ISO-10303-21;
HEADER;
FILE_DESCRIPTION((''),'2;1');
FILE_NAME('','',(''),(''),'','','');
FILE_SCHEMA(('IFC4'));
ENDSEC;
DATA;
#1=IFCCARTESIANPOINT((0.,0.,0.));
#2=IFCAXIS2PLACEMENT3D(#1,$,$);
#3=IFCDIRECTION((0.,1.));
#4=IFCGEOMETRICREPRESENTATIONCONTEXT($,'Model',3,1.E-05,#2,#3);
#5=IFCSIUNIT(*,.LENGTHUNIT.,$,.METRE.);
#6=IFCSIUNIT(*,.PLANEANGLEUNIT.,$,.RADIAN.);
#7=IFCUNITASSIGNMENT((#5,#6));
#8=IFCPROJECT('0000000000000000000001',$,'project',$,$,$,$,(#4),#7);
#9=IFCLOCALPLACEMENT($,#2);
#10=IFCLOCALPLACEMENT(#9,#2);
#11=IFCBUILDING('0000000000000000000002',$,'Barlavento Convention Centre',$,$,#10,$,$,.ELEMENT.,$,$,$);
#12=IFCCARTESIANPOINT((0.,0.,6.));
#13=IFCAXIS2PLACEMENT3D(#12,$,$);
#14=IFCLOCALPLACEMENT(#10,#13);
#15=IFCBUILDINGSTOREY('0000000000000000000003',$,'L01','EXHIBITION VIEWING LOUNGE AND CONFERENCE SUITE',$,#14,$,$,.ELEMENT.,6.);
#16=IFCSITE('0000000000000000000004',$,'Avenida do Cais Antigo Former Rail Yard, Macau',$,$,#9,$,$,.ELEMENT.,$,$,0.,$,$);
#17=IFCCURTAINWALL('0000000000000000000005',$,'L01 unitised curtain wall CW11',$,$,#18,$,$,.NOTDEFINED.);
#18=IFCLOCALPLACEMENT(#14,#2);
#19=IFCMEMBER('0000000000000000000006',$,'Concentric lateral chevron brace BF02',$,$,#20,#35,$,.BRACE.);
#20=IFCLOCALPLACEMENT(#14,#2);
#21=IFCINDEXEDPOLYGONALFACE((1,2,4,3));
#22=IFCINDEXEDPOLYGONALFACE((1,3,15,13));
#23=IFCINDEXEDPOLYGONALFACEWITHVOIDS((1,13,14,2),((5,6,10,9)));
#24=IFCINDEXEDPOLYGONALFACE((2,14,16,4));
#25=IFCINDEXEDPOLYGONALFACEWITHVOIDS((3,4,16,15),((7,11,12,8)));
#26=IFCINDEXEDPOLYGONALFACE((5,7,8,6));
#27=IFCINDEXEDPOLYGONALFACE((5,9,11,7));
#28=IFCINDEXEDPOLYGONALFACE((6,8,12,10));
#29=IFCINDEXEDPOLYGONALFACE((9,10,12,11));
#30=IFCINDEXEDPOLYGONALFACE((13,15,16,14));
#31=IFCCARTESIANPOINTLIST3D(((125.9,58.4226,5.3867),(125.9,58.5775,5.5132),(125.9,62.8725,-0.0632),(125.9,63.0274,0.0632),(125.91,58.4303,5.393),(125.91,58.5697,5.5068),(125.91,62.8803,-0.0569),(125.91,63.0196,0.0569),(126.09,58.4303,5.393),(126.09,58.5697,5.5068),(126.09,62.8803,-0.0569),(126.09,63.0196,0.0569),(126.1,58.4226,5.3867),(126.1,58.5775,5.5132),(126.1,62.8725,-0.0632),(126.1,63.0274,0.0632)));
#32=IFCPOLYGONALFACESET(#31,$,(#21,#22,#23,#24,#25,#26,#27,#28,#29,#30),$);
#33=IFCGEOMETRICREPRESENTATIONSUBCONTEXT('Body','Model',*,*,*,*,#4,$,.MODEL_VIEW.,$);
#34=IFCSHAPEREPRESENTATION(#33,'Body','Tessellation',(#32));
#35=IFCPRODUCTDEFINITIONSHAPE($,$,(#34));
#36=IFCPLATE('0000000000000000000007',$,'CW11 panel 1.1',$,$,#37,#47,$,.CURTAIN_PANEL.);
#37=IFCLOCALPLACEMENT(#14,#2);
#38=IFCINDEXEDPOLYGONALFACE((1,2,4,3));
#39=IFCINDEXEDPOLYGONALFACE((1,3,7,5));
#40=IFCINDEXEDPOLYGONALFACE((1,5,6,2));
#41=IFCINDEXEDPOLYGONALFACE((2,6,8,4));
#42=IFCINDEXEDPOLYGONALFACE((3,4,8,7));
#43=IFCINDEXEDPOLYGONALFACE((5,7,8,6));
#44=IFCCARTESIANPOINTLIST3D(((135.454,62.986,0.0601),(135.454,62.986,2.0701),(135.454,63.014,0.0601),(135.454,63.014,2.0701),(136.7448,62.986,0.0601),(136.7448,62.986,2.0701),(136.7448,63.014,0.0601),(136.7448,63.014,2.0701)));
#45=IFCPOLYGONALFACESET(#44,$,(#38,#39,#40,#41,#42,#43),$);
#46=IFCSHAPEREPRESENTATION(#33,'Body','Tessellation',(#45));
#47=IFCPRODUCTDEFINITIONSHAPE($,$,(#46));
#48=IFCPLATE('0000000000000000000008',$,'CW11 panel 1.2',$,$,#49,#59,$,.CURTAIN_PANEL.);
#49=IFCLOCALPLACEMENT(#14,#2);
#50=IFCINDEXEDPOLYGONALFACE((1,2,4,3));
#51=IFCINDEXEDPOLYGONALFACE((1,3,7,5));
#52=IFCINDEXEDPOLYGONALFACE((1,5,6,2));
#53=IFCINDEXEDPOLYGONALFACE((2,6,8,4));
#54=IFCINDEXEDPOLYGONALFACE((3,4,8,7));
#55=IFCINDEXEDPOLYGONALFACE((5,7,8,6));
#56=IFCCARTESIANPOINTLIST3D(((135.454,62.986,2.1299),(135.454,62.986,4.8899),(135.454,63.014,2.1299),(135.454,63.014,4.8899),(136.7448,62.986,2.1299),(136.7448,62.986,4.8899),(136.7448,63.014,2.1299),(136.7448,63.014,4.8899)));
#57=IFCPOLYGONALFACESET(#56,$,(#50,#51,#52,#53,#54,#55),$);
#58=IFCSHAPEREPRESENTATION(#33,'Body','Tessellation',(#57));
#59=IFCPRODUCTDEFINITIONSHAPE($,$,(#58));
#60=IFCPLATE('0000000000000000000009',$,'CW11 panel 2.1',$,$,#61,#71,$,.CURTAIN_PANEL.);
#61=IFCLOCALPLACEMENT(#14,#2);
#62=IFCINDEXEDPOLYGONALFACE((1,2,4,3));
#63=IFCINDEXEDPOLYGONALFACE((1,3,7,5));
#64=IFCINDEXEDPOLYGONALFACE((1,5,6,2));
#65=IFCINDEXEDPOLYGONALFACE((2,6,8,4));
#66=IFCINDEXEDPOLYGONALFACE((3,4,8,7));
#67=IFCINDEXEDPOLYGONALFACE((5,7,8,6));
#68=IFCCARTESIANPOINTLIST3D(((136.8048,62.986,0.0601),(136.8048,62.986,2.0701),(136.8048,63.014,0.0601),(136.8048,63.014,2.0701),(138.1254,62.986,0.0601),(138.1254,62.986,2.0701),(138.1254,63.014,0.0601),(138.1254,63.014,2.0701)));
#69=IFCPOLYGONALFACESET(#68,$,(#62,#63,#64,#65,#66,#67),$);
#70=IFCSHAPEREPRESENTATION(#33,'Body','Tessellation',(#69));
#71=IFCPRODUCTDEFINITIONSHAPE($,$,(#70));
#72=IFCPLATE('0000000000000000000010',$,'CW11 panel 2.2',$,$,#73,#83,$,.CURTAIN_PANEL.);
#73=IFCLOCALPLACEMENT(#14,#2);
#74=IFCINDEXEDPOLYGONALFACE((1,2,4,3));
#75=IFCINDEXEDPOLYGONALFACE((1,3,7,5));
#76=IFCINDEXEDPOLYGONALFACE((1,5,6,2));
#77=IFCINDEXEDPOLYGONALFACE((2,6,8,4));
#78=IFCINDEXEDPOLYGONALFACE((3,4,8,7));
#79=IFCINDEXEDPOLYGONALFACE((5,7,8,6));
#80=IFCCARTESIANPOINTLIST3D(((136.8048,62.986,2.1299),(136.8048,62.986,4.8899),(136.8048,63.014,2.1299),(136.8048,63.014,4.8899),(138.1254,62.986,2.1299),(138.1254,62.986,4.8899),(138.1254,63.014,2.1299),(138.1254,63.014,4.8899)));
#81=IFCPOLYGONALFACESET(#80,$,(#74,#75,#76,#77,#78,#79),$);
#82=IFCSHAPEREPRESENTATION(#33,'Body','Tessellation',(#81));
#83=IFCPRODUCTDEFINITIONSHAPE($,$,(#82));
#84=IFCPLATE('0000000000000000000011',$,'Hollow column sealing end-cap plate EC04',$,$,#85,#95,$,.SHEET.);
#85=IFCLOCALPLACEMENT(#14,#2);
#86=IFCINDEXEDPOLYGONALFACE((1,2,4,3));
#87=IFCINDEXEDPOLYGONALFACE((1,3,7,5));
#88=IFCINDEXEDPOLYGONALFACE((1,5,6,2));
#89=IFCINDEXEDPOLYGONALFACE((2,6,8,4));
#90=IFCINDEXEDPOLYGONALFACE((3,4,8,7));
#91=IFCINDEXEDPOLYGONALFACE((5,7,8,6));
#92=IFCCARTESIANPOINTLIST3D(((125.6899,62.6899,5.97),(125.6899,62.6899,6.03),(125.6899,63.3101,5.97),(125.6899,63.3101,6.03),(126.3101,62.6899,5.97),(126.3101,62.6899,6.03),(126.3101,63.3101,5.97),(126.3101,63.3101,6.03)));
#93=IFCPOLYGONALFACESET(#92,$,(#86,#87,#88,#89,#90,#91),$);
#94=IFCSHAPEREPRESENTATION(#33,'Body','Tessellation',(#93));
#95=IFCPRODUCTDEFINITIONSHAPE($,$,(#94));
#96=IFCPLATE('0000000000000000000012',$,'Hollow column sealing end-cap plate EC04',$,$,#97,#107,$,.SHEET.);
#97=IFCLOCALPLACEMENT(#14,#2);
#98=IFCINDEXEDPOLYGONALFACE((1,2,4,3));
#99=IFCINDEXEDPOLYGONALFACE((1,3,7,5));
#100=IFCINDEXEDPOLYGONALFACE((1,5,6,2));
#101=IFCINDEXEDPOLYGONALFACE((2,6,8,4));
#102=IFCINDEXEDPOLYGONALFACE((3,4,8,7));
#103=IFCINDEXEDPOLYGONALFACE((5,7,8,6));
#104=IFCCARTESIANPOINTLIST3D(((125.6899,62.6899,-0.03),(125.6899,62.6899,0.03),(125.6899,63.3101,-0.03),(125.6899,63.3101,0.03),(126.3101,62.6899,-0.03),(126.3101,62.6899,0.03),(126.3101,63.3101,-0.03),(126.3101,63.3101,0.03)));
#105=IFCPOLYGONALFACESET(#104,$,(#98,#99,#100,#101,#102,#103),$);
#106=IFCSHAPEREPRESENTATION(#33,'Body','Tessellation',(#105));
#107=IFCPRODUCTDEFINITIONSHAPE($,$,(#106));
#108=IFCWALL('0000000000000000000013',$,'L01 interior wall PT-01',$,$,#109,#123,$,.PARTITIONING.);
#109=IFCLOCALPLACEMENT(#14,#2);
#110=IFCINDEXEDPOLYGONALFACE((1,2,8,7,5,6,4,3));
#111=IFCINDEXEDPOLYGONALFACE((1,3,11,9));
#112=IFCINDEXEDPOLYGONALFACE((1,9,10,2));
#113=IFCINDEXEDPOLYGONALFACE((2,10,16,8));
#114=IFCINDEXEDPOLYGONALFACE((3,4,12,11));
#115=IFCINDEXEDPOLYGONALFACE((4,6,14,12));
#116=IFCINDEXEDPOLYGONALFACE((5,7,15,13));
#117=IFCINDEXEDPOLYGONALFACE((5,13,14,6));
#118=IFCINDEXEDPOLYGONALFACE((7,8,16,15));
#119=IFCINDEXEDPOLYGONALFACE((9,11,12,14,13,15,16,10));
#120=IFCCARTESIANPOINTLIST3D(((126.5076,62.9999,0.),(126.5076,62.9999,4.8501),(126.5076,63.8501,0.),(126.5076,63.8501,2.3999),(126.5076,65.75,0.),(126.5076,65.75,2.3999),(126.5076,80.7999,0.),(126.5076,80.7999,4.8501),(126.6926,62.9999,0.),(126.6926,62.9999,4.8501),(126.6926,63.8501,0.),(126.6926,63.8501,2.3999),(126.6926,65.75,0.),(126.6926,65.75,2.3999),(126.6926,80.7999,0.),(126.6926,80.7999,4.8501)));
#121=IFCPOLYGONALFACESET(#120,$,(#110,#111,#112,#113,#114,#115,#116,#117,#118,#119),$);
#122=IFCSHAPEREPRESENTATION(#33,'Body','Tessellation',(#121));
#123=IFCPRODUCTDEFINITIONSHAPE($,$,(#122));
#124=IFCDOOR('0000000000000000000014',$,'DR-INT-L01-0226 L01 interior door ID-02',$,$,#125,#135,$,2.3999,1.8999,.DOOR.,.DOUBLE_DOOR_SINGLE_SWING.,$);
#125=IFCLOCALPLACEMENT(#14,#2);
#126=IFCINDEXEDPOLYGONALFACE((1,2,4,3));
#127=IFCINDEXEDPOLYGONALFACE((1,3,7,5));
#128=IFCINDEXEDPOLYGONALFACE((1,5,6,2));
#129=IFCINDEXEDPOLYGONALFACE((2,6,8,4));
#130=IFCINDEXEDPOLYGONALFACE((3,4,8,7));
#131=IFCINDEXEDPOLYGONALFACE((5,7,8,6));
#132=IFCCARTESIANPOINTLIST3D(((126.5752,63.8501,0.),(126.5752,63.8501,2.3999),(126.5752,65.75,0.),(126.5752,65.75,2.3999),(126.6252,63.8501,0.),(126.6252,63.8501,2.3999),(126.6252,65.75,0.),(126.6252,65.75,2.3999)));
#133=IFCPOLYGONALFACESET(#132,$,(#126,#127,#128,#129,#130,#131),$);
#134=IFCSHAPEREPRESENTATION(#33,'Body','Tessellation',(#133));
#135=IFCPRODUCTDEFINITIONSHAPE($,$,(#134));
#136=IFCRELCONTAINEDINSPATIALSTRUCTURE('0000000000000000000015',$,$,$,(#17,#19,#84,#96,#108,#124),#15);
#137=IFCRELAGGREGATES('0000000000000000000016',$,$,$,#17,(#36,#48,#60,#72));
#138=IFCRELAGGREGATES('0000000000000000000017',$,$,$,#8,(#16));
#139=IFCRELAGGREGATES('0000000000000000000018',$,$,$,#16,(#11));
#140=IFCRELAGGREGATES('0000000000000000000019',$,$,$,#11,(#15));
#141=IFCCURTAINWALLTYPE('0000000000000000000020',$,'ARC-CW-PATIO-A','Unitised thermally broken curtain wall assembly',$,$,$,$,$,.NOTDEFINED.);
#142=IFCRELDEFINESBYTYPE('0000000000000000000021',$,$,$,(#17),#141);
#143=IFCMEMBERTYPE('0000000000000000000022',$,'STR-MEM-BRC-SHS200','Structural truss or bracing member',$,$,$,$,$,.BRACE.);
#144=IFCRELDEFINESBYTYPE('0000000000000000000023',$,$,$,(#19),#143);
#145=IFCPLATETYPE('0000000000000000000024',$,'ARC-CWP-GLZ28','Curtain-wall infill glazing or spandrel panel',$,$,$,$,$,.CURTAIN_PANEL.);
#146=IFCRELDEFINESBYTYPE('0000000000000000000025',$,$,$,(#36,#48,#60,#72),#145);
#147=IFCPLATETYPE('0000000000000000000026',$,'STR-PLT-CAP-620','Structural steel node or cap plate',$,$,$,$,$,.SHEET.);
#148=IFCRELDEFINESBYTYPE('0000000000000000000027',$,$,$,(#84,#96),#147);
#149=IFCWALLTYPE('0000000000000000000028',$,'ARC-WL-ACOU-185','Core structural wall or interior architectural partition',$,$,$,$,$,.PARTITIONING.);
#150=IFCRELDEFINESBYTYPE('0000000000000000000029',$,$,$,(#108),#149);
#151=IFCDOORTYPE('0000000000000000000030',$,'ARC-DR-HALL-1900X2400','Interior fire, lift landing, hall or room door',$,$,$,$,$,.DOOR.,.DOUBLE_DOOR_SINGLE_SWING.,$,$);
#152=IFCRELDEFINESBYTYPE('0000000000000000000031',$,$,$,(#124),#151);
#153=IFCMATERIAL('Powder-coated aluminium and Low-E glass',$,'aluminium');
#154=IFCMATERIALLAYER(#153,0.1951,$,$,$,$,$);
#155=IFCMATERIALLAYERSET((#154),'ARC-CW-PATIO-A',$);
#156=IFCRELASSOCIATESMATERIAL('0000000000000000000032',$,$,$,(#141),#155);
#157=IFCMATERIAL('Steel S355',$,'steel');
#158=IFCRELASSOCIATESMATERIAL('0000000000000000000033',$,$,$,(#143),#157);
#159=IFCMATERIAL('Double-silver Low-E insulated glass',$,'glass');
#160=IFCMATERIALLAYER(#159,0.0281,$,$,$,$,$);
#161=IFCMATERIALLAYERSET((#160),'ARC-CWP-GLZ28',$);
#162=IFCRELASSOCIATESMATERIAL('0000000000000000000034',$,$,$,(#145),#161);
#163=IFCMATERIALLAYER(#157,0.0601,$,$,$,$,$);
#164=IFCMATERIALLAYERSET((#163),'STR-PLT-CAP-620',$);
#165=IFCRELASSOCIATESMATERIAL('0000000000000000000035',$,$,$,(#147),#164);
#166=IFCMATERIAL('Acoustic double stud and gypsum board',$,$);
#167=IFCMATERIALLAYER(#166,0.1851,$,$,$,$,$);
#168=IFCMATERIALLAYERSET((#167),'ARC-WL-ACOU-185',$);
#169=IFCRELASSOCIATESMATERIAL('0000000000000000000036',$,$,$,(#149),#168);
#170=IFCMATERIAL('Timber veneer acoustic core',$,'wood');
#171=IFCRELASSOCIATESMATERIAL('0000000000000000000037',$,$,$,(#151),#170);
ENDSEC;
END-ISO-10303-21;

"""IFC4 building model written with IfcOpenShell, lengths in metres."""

from ifc_helpers import new_model, si_unit, direction, frame, frame_2d, origin, origin_2d, place, context, subcontext, project, spatial, rectangle, hollow_rectangle, extrude, material, layer, layer_set, material_profile, profile_set, type_object, element, fill, aggregate, save


model = new_model("IFC4")

# Units and contexts
model_context = context("Model", 3, precision=1e-05, world=origin(), true_north=direction((0.0, 1.0)))
body_context = subcontext(model_context, "Body", "Model", "MODEL_VIEW")
ifc_project = project(units=[si_unit("LENGTHUNIT", "METRE"), si_unit("PLANEANGLEUNIT", "RADIAN")], contexts=[model_context])

# Site, building, storey
site_placement = place(None, origin())
site = spatial("IfcSite", under=ifc_project, at=site_placement, Name="Avenida do Cais Antigo Former Rail Yard, Macau", CompositionType="ELEMENT", RefElevation=0.0)
building_placement = place(site_placement, origin())
building = spatial("IfcBuilding", under=site, at=building_placement, Name="Barlavento Convention Centre", CompositionType="ELEMENT")
storey_placement = place(building_placement, frame((0.0, 0.0, 6.0)))
storey = spatial("IfcBuildingStorey", under=building, at=storey_placement, Name="L01", Description="EXHIBITION VIEWING LOUNGE AND CONFERENCE SUITE", CompositionType="ELEMENT", Elevation=6.0)

# Shared definitions
ifc_material_1 = material(Name="Steel S355", Category="steel")

# Curtain wall
ifc_material_2 = material(Name="Powder-coated aluminium and Low-E glass", Category="aluminium")
ifc_layer_1 = layer(ifc_material_2, 0.1951)
ifc_layer_set_1 = layer_set([ifc_layer_1], Name="ARC-CW-PATIO-A")
curtain_wall_type = type_object("IfcCurtainWallType", Name="ARC-CW-PATIO-A", Description="Unitised thermally broken curtain wall assembly", PredefinedType="NOTDEFINED", material=ifc_layer_set_1)
curtain_wall_placement = place(storey_placement, origin())
curtain_wall = element("IfcCurtainWall", 1, at=curtain_wall_placement, inside=storey, type_object=curtain_wall_type, Name="L01 unitised curtain wall CW11", PredefinedType="NOTDEFINED")

# Member
ifc_material_profile_1 = material_profile(ifc_material_1, hollow_rectangle(XDim=0.2, YDim=0.2, WallThickness=0.01, at=origin_2d()), Name="SHS 200x200x10.0")
ifc_profile_set_1 = profile_set([ifc_material_profile_1], Name="Steel S355")
member_type_1 = type_object("IfcMemberType", Name="STR-MEM-BRC-SHS200", Description="Structural truss or bracing member", PredefinedType="BRACE", material=ifc_profile_set_1)
member_1_placement = place(storey_placement, frame((126.0, 62.95, 0.0), z_axis=(0.0, -0.632463, 0.774591), x_axis=(1.0, 0.0, 0.0)))
element("IfcMember", 2, at=member_1_placement, inside=storey, type_object=member_type_1, Name="Concentric lateral chevron brace BF02", PredefinedType="BRACE", context=body_context, shape_type="SweptSolid", body=[
    extrude(hollow_rectangle(XDim=0.2, YDim=0.2, WallThickness=0.01, at=origin_2d()), origin(), (0.0, 0.0, 1.0), 7.0359),
])

# Plates
ifc_material_3 = material(Name="Double-silver Low-E insulated glass", Category="glass")
ifc_layer_2 = layer(ifc_material_3, 0.0281)
ifc_layer_set_2 = layer_set([ifc_layer_2], Name="ARC-CWP-GLZ28")
plate_type_1 = type_object("IfcPlateType", Name="ARC-CWP-GLZ28", Description="Curtain-wall infill glazing or spandrel panel", PredefinedType="CURTAIN_PANEL", material=ifc_layer_set_2)
plate_1_placement = place(storey_placement, frame((136.0994, 63.0, 0.0601), z_axis=(0.0, 0.0, 1.0), x_axis=(1.0, 0.0, 0.0)))
plate_1 = element("IfcPlate", 3, at=plate_1_placement, type_object=plate_type_1, Name="CW11 panel 1.1", PredefinedType="CURTAIN_PANEL", context=body_context, shape_type="SweptSolid", body=[
    extrude(rectangle(XDim=1.2908, YDim=0.0281, at=origin_2d()), origin(), (0.0, 0.0, 1.0), 2.01),
])
plate_2_placement = place(storey_placement, frame((136.0994, 63.0, 2.1299), z_axis=(0.0, 0.0, 1.0), x_axis=(1.0, 0.0, 0.0)))
plate_2 = element("IfcPlate", 4, at=plate_2_placement, type_object=plate_type_1, Name="CW11 panel 1.2", PredefinedType="CURTAIN_PANEL", context=body_context, shape_type="SweptSolid", body=[
    extrude(rectangle(XDim=1.2908, YDim=0.0281, at=origin_2d()), origin(), (0.0, 0.0, 1.0), 2.76),
])
plate_3_placement = place(storey_placement, frame((137.4651, 63.0, 0.0601), z_axis=(0.0, 0.0, 1.0), x_axis=(1.0, 0.0, 0.0)))
plate_3 = element("IfcPlate", 5, at=plate_3_placement, type_object=plate_type_1, Name="CW11 panel 2.1", PredefinedType="CURTAIN_PANEL", context=body_context, shape_type="SweptSolid", body=[
    extrude(rectangle(XDim=1.3206, YDim=0.0281, at=origin_2d()), origin(), (0.0, 0.0, 1.0), 2.01),
])
plate_4_placement = place(storey_placement, frame((137.4651, 63.0, 2.1299), z_axis=(0.0, 0.0, 1.0), x_axis=(1.0, 0.0, 0.0)))
plate_4 = element("IfcPlate", 6, at=plate_4_placement, type_object=plate_type_1, Name="CW11 panel 2.2", PredefinedType="CURTAIN_PANEL", context=body_context, shape_type="SweptSolid", body=[
    extrude(rectangle(XDim=1.3206, YDim=0.0281, at=origin_2d()), origin(), (0.0, 0.0, 1.0), 2.76),
])
aggregate(curtain_wall, [plate_1, plate_2, plate_3, plate_4])

# Plates
ifc_layer_3 = layer(ifc_material_1, 0.0601)
ifc_layer_set_3 = layer_set([ifc_layer_3], Name="STR-PLT-CAP-620")
plate_type_2 = type_object("IfcPlateType", Name="STR-PLT-CAP-620", Description="Structural steel node or cap plate", PredefinedType="SHEET", material=ifc_layer_set_3)
for number, where, z_axis, x_axis, name in (
    (7, (126.0, 63.0, 5.97), (0.0, 0.0, 1.0), (1.0, 0.0, 0.0), "Hollow column sealing end-cap plate EC04"),
    (8, (126.0, 63.0, -0.03), (0.0, 0.0, 1.0), (1.0, 0.0, 0.0), "Hollow column sealing end-cap plate EC04"),
):
    element("IfcPlate", number, at=place(storey_placement, frame(where, z_axis=z_axis, x_axis=x_axis)), inside=storey, type_object=plate_type_2, Name=name, PredefinedType="SHEET", context=body_context, shape_type="SweptSolid", body=[
        extrude(rectangle(XDim=0.6201, YDim=0.6201, at=origin_2d()), origin(), (0.0, 0.0, 1.0), 0.0601),
    ])

# Wall, opening, door
ifc_material_4 = material(Name="Acoustic double stud and gypsum board")
ifc_layer_4 = layer(ifc_material_4, 0.1851)
ifc_layer_set_4 = layer_set([ifc_layer_4], Name="ARC-WL-ACOU-185")
wall_type = type_object("IfcWallType", Name="ARC-WL-ACOU-185", Description="Core structural wall or interior architectural partition", PredefinedType="PARTITIONING", material=ifc_layer_set_4)
wall_placement = place(storey_placement, frame((126.6001, 63.0, 0.0), z_axis=(0.0, 0.0, 1.0), x_axis=(0.0, 1.0, 0.0)))
wall = element("IfcWall", 9, at=wall_placement, inside=storey, type_object=wall_type, Name="L01 interior wall PT-01", PredefinedType="PARTITIONING", context=body_context, shape_type="SweptSolid", body=[
    extrude(rectangle(XDim=17.8, YDim=0.1851, at=frame_2d((8.8999, 0.0))), origin(), (0.0, 0.0, 1.0), 4.8501),
])
opening_placement = place(wall_placement, frame((0.8501, 0.0, 0.0)))
opening = element("IfcOpeningElement", 10, at=opening_placement, cuts=wall, PredefinedType="OPENING", context=body_context, shape_type="SweptSolid", body=[
    extrude(rectangle(XDim=1.8999, YDim=2.3999, at=frame_2d((0.95, 1.2))), frame((0.0, 0.1025, 0.0), z_axis=(0.0, -1.0, 0.0), x_axis=(1.0, 0.0, 0.0)), (0.0, 0.0, 1.0), 0.2051),
])
ifc_material_5 = material(Name="Timber veneer acoustic core", Category="wood")
door_type = type_object("IfcDoorType", Name="ARC-DR-HALL-1900X2400", Description="Interior fire, lift landing, hall or room door", OperationType="DOUBLE_DOOR_SINGLE_SWING", PredefinedType="DOOR", material=ifc_material_5)
door_placement = place(opening_placement, origin())
door = element("IfcDoor", 11, at=door_placement, inside=storey, type_object=door_type, Name="DR-INT-L01-0226 L01 interior door ID-02", OperationType="DOUBLE_DOOR_SINGLE_SWING", OverallHeight=2.3999, OverallWidth=1.8999, PredefinedType="DOOR", context=body_context, shape_type="SweptSolid", body=[
    extrude(rectangle(XDim=1.8999, YDim=2.3999, at=frame_2d((0.95, 1.2))), frame((0.0, 0.0249, 0.0), z_axis=(0.0, -1.0, 0.0), x_axis=(1.0, 0.0, 0.0)), (0.0, 0.0, 1.0), 0.05),
])
fill(opening, door)

save(model, "model.ifc")
